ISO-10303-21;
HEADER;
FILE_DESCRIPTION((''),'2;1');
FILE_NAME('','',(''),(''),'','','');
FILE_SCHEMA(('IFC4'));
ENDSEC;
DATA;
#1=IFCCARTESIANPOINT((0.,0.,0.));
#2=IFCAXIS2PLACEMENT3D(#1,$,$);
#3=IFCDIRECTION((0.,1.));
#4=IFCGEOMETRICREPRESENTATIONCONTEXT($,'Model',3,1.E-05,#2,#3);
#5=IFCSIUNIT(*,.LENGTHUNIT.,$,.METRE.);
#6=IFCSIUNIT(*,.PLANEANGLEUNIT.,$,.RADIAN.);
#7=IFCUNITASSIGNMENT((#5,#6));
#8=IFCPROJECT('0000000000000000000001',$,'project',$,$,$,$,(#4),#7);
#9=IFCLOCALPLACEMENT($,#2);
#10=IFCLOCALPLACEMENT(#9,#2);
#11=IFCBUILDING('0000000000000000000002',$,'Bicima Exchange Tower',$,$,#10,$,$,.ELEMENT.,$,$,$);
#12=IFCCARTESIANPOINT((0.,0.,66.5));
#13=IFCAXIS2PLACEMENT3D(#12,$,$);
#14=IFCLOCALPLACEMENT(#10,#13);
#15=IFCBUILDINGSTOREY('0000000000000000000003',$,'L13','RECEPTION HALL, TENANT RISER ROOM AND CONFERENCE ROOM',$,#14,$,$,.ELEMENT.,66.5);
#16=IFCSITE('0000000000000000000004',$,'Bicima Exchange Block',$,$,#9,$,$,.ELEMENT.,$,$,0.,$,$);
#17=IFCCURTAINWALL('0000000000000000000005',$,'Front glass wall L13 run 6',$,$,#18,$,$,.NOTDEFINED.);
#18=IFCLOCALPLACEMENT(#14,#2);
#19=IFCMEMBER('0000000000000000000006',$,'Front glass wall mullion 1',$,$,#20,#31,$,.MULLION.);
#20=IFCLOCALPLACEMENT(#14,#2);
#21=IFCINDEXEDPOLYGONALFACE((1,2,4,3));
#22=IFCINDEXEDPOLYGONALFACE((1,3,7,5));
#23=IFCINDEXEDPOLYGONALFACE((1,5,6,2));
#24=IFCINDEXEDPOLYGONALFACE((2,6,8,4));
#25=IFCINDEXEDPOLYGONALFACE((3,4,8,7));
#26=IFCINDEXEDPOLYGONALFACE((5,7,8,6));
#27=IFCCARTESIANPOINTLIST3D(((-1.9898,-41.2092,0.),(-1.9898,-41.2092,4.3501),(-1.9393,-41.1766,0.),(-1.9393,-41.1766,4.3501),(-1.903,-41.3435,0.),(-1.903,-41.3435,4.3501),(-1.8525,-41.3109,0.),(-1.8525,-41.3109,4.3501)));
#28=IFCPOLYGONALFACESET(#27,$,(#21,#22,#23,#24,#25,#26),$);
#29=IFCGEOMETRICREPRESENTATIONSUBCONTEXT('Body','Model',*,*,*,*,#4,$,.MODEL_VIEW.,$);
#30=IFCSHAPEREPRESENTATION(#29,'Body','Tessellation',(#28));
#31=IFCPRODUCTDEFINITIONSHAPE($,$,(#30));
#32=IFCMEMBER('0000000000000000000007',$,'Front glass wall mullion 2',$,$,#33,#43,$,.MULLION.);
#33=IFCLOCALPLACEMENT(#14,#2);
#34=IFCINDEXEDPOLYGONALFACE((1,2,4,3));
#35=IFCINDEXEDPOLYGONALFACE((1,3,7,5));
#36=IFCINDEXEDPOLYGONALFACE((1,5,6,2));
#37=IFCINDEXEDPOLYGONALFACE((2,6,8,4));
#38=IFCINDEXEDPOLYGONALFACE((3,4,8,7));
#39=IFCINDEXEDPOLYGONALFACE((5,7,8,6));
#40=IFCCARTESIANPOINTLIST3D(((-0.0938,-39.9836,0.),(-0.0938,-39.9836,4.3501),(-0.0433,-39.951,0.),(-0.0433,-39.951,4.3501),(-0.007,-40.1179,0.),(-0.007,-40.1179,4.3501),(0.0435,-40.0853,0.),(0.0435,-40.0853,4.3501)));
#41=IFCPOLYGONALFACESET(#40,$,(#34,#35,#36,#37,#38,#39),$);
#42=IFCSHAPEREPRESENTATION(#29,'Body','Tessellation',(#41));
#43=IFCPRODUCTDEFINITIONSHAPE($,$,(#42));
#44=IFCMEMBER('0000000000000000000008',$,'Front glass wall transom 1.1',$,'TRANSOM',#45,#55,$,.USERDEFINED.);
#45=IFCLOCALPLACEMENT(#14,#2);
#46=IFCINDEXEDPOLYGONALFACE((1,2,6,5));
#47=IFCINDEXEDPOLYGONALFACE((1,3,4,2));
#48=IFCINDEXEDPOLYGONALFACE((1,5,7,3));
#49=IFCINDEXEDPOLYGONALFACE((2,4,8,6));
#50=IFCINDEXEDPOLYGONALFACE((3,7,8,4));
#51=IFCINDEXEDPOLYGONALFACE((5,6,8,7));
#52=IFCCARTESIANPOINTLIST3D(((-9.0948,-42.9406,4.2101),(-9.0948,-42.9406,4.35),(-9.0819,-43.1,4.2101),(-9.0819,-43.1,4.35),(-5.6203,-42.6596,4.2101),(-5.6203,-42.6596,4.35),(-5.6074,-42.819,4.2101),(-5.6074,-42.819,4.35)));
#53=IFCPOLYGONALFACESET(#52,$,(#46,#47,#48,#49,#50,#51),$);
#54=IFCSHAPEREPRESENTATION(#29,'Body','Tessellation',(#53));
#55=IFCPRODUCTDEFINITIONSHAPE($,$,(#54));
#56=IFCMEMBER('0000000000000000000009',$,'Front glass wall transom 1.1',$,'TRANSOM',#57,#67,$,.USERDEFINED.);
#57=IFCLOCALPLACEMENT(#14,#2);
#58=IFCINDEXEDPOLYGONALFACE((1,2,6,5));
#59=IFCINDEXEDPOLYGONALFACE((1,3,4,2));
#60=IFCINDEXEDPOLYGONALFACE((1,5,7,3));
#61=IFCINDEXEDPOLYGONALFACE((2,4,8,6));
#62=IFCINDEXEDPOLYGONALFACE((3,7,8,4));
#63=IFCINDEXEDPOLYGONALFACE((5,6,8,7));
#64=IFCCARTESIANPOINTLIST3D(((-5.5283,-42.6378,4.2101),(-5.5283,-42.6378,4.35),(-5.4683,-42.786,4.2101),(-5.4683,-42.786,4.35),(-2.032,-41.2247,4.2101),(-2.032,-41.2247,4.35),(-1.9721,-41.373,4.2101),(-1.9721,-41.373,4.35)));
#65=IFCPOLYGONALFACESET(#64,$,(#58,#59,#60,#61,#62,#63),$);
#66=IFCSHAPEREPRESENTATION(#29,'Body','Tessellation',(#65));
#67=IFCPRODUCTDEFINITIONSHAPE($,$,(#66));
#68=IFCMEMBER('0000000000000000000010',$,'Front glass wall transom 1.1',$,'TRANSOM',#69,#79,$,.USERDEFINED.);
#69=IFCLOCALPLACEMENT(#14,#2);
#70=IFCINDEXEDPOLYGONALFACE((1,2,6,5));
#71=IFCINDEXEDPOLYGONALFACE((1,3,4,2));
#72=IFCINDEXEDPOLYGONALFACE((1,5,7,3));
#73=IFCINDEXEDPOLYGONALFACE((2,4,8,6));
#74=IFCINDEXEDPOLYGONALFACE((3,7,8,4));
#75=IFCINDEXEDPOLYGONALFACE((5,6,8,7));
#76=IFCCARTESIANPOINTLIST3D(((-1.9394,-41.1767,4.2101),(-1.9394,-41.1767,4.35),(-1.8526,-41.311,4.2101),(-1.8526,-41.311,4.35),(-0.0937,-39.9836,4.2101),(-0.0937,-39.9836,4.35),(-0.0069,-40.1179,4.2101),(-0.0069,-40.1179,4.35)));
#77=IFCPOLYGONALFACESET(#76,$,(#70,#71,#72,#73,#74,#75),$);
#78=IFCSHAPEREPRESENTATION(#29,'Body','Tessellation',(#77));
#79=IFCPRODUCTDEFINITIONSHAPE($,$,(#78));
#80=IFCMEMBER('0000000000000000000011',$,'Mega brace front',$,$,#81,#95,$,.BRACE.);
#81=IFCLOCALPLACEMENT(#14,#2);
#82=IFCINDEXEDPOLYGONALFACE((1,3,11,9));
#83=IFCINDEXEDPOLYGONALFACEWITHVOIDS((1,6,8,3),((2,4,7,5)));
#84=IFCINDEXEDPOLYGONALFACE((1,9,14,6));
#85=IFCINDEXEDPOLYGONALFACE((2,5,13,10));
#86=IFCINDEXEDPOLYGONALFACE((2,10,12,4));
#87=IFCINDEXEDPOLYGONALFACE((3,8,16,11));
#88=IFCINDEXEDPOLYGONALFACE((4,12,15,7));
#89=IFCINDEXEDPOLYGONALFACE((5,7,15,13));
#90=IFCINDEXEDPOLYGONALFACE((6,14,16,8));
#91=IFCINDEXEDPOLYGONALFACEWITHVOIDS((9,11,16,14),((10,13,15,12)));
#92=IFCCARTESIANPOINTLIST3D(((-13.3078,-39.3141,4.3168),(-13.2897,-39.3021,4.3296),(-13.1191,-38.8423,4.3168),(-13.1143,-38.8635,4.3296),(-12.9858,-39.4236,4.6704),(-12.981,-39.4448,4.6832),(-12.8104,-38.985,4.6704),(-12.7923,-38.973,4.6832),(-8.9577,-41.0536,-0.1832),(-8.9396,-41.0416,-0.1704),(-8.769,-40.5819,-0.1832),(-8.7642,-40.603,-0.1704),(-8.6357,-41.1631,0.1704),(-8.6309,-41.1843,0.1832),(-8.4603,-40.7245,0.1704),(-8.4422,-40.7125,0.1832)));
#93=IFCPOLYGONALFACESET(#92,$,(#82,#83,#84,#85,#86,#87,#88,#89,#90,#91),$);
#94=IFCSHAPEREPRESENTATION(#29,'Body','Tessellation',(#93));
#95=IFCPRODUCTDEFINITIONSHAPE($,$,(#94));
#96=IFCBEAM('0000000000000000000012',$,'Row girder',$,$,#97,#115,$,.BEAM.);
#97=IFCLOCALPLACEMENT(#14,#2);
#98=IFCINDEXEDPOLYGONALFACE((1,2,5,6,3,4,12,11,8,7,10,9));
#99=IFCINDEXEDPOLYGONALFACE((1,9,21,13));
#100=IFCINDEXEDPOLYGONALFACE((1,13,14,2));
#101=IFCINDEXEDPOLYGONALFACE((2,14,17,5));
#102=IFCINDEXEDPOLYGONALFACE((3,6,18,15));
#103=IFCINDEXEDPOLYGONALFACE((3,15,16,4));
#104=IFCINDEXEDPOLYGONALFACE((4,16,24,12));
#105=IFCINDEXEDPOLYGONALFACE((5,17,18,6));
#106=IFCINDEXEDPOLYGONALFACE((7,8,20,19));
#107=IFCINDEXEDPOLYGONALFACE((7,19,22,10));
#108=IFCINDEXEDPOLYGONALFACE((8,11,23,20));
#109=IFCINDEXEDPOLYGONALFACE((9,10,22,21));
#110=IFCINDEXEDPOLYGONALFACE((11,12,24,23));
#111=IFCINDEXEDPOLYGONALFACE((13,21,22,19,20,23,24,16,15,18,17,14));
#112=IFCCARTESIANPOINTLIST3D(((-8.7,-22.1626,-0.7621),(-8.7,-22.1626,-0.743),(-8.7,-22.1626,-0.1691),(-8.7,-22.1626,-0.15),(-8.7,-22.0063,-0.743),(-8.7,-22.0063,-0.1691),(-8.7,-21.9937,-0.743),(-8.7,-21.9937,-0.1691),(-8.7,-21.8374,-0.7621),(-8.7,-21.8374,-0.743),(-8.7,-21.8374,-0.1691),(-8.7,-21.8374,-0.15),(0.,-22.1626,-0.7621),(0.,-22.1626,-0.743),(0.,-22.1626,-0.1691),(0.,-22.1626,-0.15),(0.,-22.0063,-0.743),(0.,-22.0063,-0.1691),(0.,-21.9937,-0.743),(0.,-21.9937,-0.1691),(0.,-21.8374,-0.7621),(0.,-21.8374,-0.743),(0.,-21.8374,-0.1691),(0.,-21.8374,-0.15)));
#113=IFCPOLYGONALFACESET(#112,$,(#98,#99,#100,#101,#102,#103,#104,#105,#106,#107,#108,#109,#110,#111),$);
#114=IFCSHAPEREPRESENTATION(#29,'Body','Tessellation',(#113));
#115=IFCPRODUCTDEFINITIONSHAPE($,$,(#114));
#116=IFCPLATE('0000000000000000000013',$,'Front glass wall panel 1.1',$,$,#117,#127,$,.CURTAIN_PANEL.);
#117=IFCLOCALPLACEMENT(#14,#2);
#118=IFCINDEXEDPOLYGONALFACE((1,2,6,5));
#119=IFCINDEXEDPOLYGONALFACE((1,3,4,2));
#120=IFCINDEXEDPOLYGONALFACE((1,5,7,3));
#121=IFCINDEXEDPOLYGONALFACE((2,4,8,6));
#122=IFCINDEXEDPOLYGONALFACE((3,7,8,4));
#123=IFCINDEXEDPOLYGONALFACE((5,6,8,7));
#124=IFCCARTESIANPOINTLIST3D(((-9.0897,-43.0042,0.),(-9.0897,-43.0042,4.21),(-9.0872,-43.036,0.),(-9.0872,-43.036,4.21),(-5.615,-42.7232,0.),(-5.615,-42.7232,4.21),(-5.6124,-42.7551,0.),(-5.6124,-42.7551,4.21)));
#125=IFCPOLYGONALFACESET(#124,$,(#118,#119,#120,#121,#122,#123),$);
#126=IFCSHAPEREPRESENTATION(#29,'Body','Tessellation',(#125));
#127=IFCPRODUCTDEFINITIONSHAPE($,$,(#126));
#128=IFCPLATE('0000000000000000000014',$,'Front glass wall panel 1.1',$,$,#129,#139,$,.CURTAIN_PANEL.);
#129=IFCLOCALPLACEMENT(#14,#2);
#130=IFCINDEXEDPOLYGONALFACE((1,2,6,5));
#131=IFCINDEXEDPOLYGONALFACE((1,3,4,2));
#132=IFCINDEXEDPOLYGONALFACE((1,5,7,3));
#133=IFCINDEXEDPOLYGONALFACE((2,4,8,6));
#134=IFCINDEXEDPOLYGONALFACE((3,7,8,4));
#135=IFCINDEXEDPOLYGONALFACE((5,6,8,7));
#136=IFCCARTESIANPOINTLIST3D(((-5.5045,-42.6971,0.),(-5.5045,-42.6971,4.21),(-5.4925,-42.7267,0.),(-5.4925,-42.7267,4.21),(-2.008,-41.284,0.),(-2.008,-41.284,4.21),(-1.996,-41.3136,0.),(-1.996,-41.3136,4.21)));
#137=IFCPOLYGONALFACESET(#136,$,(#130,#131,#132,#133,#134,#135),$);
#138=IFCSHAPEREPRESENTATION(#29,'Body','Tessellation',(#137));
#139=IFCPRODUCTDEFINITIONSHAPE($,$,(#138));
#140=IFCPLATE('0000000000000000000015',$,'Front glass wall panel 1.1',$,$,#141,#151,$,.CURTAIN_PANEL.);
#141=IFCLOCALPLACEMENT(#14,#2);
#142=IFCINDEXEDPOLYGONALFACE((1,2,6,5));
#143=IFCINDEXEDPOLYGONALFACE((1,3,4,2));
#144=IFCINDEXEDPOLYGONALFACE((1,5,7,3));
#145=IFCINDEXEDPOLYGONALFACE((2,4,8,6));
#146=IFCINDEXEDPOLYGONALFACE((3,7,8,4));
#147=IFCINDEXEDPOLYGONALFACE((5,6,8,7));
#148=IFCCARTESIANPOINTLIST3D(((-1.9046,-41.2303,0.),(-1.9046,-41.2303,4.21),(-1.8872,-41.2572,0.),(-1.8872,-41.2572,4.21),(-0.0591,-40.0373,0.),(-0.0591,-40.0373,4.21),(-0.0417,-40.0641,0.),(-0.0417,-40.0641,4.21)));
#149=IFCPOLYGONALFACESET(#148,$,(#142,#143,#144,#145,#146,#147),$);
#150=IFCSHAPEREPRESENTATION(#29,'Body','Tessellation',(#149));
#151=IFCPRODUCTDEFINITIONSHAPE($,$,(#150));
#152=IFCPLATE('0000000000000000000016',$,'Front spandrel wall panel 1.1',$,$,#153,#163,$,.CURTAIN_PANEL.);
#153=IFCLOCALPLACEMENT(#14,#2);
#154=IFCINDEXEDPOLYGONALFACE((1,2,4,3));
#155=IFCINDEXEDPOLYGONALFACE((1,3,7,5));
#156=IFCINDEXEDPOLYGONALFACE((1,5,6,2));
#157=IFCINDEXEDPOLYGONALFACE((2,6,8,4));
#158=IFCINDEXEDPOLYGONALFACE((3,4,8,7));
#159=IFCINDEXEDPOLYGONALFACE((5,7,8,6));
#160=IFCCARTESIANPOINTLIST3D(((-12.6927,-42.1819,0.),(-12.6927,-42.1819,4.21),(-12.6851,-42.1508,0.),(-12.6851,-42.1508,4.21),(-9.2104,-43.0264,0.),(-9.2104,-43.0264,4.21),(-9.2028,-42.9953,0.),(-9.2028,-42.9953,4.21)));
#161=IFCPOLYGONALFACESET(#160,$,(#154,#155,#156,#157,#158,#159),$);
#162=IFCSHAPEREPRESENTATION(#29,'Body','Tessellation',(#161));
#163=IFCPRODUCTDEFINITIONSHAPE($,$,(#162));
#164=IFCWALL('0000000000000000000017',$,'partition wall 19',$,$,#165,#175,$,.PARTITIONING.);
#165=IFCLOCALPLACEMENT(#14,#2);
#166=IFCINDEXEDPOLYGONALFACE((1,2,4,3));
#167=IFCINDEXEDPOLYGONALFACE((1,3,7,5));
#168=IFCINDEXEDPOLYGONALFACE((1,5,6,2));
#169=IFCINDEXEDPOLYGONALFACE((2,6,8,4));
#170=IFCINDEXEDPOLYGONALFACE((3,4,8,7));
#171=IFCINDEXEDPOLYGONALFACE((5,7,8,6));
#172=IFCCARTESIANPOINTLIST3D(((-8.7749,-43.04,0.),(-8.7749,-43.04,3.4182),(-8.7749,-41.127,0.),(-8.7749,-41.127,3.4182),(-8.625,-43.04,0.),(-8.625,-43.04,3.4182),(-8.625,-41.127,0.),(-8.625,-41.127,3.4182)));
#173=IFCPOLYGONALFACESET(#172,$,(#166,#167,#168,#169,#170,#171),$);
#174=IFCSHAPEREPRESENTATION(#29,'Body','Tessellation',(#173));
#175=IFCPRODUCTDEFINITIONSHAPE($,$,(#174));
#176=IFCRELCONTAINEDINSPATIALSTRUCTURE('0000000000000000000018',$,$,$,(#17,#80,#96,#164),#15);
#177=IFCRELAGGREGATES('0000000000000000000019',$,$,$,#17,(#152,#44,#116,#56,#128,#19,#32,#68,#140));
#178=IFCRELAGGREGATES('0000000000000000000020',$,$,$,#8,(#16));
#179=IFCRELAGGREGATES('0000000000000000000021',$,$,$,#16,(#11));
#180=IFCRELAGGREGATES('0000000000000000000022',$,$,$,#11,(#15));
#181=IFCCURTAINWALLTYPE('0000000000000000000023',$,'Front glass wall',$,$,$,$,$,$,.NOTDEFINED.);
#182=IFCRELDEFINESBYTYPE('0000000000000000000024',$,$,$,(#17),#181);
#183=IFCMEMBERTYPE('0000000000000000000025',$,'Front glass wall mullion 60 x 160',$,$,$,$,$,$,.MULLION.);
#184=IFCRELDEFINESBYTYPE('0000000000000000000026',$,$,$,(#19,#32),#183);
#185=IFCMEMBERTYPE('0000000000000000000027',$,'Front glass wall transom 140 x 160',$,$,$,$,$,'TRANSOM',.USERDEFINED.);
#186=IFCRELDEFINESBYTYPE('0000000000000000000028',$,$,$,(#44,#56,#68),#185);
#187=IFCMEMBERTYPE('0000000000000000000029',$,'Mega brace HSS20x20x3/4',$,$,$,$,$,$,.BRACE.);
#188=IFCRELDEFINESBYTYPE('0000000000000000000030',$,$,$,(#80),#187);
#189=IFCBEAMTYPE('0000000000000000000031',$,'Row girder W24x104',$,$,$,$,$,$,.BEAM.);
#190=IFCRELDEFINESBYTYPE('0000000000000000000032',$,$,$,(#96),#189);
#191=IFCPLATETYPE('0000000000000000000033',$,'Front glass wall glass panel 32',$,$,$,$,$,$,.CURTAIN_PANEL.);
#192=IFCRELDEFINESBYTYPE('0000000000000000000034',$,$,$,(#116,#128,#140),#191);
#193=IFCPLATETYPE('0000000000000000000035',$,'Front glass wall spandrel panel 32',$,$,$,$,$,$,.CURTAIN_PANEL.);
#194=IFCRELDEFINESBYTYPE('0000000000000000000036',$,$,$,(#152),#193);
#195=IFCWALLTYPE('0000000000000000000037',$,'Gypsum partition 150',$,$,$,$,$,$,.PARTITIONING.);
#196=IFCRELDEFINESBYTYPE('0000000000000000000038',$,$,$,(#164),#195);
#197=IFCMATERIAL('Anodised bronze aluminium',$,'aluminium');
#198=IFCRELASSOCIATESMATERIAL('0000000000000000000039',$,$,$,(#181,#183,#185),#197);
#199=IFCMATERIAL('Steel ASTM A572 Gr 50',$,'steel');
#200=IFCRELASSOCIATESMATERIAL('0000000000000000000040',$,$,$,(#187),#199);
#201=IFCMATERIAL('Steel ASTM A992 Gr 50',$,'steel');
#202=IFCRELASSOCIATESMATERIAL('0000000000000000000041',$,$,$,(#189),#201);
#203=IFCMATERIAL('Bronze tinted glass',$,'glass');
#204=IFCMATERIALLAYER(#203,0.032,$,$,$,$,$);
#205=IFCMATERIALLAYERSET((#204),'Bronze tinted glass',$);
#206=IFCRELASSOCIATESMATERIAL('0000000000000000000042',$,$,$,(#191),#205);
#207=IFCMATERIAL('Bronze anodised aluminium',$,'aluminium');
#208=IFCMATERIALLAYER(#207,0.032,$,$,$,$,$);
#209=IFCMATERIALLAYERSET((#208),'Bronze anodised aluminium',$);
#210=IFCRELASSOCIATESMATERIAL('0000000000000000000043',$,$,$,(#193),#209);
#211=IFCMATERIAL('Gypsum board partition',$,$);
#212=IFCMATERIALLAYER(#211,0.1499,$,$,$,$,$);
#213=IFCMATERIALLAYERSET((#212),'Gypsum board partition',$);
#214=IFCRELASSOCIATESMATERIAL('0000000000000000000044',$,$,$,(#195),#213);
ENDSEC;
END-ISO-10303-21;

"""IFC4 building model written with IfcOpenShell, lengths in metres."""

from ifc_helpers import new_model, si_unit, direction, frame, frame_2d, origin, origin_2d, place, context, subcontext, project, spatial, rectangle, hollow_rectangle, i_section, extrude, material, layer, layer_set, material_profile, profile_set, type_object, element, aggregate, save


model = new_model("IFC4")

# Units and contexts
model_context = context("Model", 3, precision=1e-05, world=origin(), true_north=direction((0.0, 1.0)))
body_context = subcontext(model_context, "Body", "Model", "MODEL_VIEW")
ifc_project = project(units=[si_unit("LENGTHUNIT", "METRE"), si_unit("PLANEANGLEUNIT", "RADIAN")], contexts=[model_context])

# Site, building, storey
site_placement = place(None, origin())
site = spatial("IfcSite", under=ifc_project, at=site_placement, Name="Bicima Exchange Block", CompositionType="ELEMENT", RefElevation=0.0)
building_placement = place(site_placement, origin())
building = spatial("IfcBuilding", under=site, at=building_placement, Name="Bicima Exchange Tower", CompositionType="ELEMENT")
storey_placement = place(building_placement, frame((0.0, 0.0, 66.5)))
storey = spatial("IfcBuildingStorey", under=building, at=storey_placement, Name="L13", Description="RECEPTION HALL, TENANT RISER ROOM AND CONFERENCE ROOM", CompositionType="ELEMENT", Elevation=66.5)

# Shared definitions
ifc_material_1 = material(Name="Steel ASTM A992 Gr 50", Category="steel")

# Curtain wall, members
ifc_material_2 = material(Name="Anodised bronze aluminium", Category="aluminium")
curtain_wall_type = type_object("IfcCurtainWallType", Name="Front glass wall", PredefinedType="NOTDEFINED", material=ifc_material_2)
curtain_wall_placement = place(storey_placement, origin())
curtain_wall = element("IfcCurtainWall", 1, at=curtain_wall_placement, inside=storey, type_object=curtain_wall_type, Name="Front glass wall L13 run 6", PredefinedType="NOTDEFINED")
ifc_material_profile_1 = material_profile(ifc_material_2, rectangle(XDim=0.1599, YDim=0.0601, at=origin_2d()))
ifc_profile_set_1 = profile_set([ifc_material_profile_1], Name="Anodised bronze aluminium")
member_type_1 = type_object("IfcMemberType", Name="Front glass wall mullion 60 x 160", PredefinedType="MULLION", material=ifc_profile_set_1)
member_1_placement = place(storey_placement, frame((-1.9211, -41.26, 0.0), z_axis=(0.0, 0.0, 1.0), x_axis=(-0.542897, 0.839799, 0.0)))
member_1 = element("IfcMember", 2, at=member_1_placement, type_object=member_type_1, Name="Front glass wall mullion 1", PredefinedType="MULLION", context=body_context, shape_type="SweptSolid", body=[
    extrude(rectangle(XDim=0.1599, YDim=0.0601, at=origin_2d()), origin(), (0.0, 0.0, 1.0), 4.3501),
])
member_2_placement = place(storey_placement, frame((-0.0251, -40.0344, 0.0), z_axis=(0.0, 0.0, 1.0), x_axis=(-0.542897, 0.839799, 0.0)))
member_2 = element("IfcMember", 3, at=member_2_placement, type_object=member_type_1, Name="Front glass wall mullion 2", PredefinedType="MULLION", context=body_context, shape_type="SweptSolid", body=[
    extrude(rectangle(XDim=0.1599, YDim=0.0601, at=origin_2d()), origin(), (0.0, 0.0, 1.0), 4.3501),
])
ifc_material_profile_2 = material_profile(ifc_material_2, rectangle(XDim=0.1599, YDim=0.1399, at=origin_2d()))
ifc_profile_set_2 = profile_set([ifc_material_profile_2], Name="Anodised bronze aluminium")
member_type_2 = type_object("IfcMemberType", Name="Front glass wall transom 140 x 160", ElementType="TRANSOM", PredefinedType="USERDEFINED", material=ifc_profile_set_2)
member_3_placement = place(storey_placement, frame((-9.0884, -43.0203, 4.28), z_axis=(0.996746, 0.080611, 0.0), x_axis=(-0.080611, 0.996746, 0.0)))
member_3 = element("IfcMember", 4, at=member_3_placement, type_object=member_type_2, Name="Front glass wall transom 1.1", ObjectType="TRANSOM", PredefinedType="USERDEFINED", context=body_context, shape_type="SweptSolid", body=[
    extrude(rectangle(XDim=0.1599, YDim=0.1399, at=origin_2d()), origin(), (0.0, 0.0, 1.0), 3.4858),
])
member_4_placement = place(storey_placement, frame((-5.4983, -42.7119, 4.28), z_axis=(0.92714, 0.374715, 0.0), x_axis=(-0.374715, 0.92714, 0.0)))
member_4 = element("IfcMember", 5, at=member_4_placement, type_object=member_type_2, Name="Front glass wall transom 1.1", ObjectType="TRANSOM", PredefinedType="USERDEFINED", context=body_context, shape_type="SweptSolid", body=[
    extrude(rectangle(XDim=0.1599, YDim=0.1399, at=origin_2d()), origin(), (0.0, 0.0, 1.0), 3.771),
])
member_5_placement = place(storey_placement, frame((-1.896, -41.2439, 4.28), z_axis=(0.839811, 0.542878, 0.0), x_axis=(-0.542878, 0.839811, 0.0)))
member_5 = element("IfcMember", 6, at=member_5_placement, type_object=member_type_2, Name="Front glass wall transom 1.1", ObjectType="TRANSOM", PredefinedType="USERDEFINED", context=body_context, shape_type="SweptSolid", body=[
    extrude(rectangle(XDim=0.1599, YDim=0.1399, at=origin_2d()), origin(), (0.0, 0.0, 1.0), 2.1978),
])

# Member
ifc_material_3 = material(Name="Steel ASTM A572 Gr 50", Category="steel")
ifc_material_profile_3 = material_profile(ifc_material_3, hollow_rectangle(XDim=0.5081, YDim=0.5081, WallThickness=0.0178, at=origin_2d()))
ifc_profile_set_3 = profile_set([ifc_material_profile_3], Name="Steel ASTM A572 Gr 50")
member_type_3 = type_object("IfcMemberType", Name="Mega brace HSS20x20x3/4", PredefinedType="BRACE", material=ifc_profile_set_3)
member_6_placement = place(storey_placement, frame((-8.7, -40.8831, 0.0), z_axis=(-0.669648, 0.267777, 0.692724), x_axis=(-0.371292, -0.928516, 0.0)))
element("IfcMember", 7, at=member_6_placement, inside=storey, type_object=member_type_3, Name="Mega brace front", PredefinedType="BRACE", context=body_context, shape_type="SweptSolid", body=[
    extrude(hollow_rectangle(XDim=0.5081, YDim=0.5081, WallThickness=0.0178, at=origin_2d()), origin(), (0.0, 0.0, 1.0), 6.4961),
])

# Beam
ifc_material_profile_4 = material_profile(ifc_material_1, i_section(OverallWidth=0.3252, OverallDepth=0.6121, WebThickness=0.0127, FlangeThickness=0.019, at=origin_2d()))
ifc_profile_set_4 = profile_set([ifc_material_profile_4], Name="Steel ASTM A992 Gr 50")
beam_type_1 = type_object("IfcBeamType", Name="Row girder W24x104", PredefinedType="BEAM", material=ifc_profile_set_4)
beam_1_placement = place(storey_placement, frame((-8.7, -22.0, -0.4561), z_axis=(1.0, 0.0, 0.0), x_axis=(0.0, 1.0, 0.0)))
element("IfcBeam", 8, at=beam_1_placement, inside=storey, type_object=beam_type_1, Name="Row girder", PredefinedType="BEAM", context=body_context, shape_type="SweptSolid", body=[
    extrude(i_section(OverallWidth=0.3252, OverallDepth=0.6121, WebThickness=0.0127, FlangeThickness=0.019, at=origin_2d()), origin(), (0.0, 0.0, 1.0), 8.7),
])

# Plates
ifc_material_4 = material(Name="Bronze tinted glass", Category="glass")
ifc_layer_1 = layer(ifc_material_4, 0.032)
ifc_layer_set_1 = layer_set([ifc_layer_1], Name="Bronze tinted glass")
plate_type_1 = type_object("IfcPlateType", Name="Front glass wall glass panel 32", PredefinedType="CURTAIN_PANEL", material=ifc_layer_set_1)
plate_1_placement = place(storey_placement, frame((-7.3511, -42.8796, 0.0), z_axis=(0.0, 0.0, 1.0), x_axis=(0.996747, 0.080589, 0.0)))
plate_1 = element("IfcPlate", 9, at=plate_1_placement, type_object=plate_type_1, Name="Front glass wall panel 1.1", PredefinedType="CURTAIN_PANEL", context=body_context, shape_type="SweptSolid", body=[
    extrude(rectangle(XDim=3.4861, YDim=0.032, at=origin_2d()), origin(), (0.0, 0.0, 1.0), 4.21),
])
plate_2_placement = place(storey_placement, frame((-3.7502, -42.0054, 0.0), z_axis=(0.0, 0.0, 1.0), x_axis=(0.927144, 0.374705, 0.0)))
plate_2 = element("IfcPlate", 10, at=plate_2_placement, type_object=plate_type_1, Name="Front glass wall panel 1.1", PredefinedType="CURTAIN_PANEL", context=body_context, shape_type="SweptSolid", body=[
    extrude(rectangle(XDim=3.7712, YDim=0.032, at=origin_2d()), origin(), (0.0, 0.0, 1.0), 4.21),
])
plate_3_placement = place(storey_placement, frame((-0.9731, -40.6472, 0.0), z_axis=(0.0, 0.0, 1.0), x_axis=(0.839799, 0.542897, 0.0)))
plate_3 = element("IfcPlate", 11, at=plate_3_placement, type_object=plate_type_1, Name="Front glass wall panel 1.1", PredefinedType="CURTAIN_PANEL", context=body_context, shape_type="SweptSolid", body=[
    extrude(rectangle(XDim=2.1975, YDim=0.032, at=origin_2d()), origin(), (0.0, 0.0, 1.0), 4.21),
])
ifc_material_5 = material(Name="Bronze anodised aluminium", Category="aluminium")
ifc_layer_2 = layer(ifc_material_5, 0.032)
ifc_layer_set_2 = layer_set([ifc_layer_2], Name="Bronze anodised aluminium")
plate_type_2 = type_object("IfcPlateType", Name="Front glass wall spandrel panel 32", PredefinedType="CURTAIN_PANEL", material=ifc_layer_set_2)
plate_4_placement = place(storey_placement, frame((-10.9478, -42.5886, 0.0), z_axis=(0.0, 0.0, 1.0), x_axis=(0.97183, -0.235682, 0.0)))
plate_4 = element("IfcPlate", 12, at=plate_4_placement, type_object=plate_type_2, Name="Front spandrel wall panel 1.1", PredefinedType="CURTAIN_PANEL", context=body_context, shape_type="SweptSolid", body=[
    extrude(rectangle(XDim=3.5833, YDim=0.032, at=origin_2d()), origin(), (0.0, 0.0, 1.0), 4.21),
])
aggregate(curtain_wall, [plate_4, member_3, plate_1, member_4, plate_2, member_1, member_2, member_5, plate_3])

# Wall
ifc_material_6 = material(Name="Gypsum board partition")
ifc_layer_3 = layer(ifc_material_6, 0.1499)
ifc_layer_set_3 = layer_set([ifc_layer_3], Name="Gypsum board partition")
wall_type = type_object("IfcWallType", Name="Gypsum partition 150", PredefinedType="PARTITIONING", material=ifc_layer_set_3)
wall_1_placement = place(storey_placement, frame((-8.7, -43.04, 0.0), z_axis=(0.0, 0.0, 1.0), x_axis=(0.0, 1.0, 0.0)))
element("IfcWall", 13, at=wall_1_placement, inside=storey, type_object=wall_type, Name="partition wall 19", PredefinedType="PARTITIONING", context=body_context, shape_type="SweptSolid", body=[
    extrude(rectangle(XDim=1.9131, YDim=0.1499, at=frame_2d((0.9565, 0.0))), origin(), (0.0, 0.0, 1.0), 3.4182),
])

save(model, "model.ifc")
